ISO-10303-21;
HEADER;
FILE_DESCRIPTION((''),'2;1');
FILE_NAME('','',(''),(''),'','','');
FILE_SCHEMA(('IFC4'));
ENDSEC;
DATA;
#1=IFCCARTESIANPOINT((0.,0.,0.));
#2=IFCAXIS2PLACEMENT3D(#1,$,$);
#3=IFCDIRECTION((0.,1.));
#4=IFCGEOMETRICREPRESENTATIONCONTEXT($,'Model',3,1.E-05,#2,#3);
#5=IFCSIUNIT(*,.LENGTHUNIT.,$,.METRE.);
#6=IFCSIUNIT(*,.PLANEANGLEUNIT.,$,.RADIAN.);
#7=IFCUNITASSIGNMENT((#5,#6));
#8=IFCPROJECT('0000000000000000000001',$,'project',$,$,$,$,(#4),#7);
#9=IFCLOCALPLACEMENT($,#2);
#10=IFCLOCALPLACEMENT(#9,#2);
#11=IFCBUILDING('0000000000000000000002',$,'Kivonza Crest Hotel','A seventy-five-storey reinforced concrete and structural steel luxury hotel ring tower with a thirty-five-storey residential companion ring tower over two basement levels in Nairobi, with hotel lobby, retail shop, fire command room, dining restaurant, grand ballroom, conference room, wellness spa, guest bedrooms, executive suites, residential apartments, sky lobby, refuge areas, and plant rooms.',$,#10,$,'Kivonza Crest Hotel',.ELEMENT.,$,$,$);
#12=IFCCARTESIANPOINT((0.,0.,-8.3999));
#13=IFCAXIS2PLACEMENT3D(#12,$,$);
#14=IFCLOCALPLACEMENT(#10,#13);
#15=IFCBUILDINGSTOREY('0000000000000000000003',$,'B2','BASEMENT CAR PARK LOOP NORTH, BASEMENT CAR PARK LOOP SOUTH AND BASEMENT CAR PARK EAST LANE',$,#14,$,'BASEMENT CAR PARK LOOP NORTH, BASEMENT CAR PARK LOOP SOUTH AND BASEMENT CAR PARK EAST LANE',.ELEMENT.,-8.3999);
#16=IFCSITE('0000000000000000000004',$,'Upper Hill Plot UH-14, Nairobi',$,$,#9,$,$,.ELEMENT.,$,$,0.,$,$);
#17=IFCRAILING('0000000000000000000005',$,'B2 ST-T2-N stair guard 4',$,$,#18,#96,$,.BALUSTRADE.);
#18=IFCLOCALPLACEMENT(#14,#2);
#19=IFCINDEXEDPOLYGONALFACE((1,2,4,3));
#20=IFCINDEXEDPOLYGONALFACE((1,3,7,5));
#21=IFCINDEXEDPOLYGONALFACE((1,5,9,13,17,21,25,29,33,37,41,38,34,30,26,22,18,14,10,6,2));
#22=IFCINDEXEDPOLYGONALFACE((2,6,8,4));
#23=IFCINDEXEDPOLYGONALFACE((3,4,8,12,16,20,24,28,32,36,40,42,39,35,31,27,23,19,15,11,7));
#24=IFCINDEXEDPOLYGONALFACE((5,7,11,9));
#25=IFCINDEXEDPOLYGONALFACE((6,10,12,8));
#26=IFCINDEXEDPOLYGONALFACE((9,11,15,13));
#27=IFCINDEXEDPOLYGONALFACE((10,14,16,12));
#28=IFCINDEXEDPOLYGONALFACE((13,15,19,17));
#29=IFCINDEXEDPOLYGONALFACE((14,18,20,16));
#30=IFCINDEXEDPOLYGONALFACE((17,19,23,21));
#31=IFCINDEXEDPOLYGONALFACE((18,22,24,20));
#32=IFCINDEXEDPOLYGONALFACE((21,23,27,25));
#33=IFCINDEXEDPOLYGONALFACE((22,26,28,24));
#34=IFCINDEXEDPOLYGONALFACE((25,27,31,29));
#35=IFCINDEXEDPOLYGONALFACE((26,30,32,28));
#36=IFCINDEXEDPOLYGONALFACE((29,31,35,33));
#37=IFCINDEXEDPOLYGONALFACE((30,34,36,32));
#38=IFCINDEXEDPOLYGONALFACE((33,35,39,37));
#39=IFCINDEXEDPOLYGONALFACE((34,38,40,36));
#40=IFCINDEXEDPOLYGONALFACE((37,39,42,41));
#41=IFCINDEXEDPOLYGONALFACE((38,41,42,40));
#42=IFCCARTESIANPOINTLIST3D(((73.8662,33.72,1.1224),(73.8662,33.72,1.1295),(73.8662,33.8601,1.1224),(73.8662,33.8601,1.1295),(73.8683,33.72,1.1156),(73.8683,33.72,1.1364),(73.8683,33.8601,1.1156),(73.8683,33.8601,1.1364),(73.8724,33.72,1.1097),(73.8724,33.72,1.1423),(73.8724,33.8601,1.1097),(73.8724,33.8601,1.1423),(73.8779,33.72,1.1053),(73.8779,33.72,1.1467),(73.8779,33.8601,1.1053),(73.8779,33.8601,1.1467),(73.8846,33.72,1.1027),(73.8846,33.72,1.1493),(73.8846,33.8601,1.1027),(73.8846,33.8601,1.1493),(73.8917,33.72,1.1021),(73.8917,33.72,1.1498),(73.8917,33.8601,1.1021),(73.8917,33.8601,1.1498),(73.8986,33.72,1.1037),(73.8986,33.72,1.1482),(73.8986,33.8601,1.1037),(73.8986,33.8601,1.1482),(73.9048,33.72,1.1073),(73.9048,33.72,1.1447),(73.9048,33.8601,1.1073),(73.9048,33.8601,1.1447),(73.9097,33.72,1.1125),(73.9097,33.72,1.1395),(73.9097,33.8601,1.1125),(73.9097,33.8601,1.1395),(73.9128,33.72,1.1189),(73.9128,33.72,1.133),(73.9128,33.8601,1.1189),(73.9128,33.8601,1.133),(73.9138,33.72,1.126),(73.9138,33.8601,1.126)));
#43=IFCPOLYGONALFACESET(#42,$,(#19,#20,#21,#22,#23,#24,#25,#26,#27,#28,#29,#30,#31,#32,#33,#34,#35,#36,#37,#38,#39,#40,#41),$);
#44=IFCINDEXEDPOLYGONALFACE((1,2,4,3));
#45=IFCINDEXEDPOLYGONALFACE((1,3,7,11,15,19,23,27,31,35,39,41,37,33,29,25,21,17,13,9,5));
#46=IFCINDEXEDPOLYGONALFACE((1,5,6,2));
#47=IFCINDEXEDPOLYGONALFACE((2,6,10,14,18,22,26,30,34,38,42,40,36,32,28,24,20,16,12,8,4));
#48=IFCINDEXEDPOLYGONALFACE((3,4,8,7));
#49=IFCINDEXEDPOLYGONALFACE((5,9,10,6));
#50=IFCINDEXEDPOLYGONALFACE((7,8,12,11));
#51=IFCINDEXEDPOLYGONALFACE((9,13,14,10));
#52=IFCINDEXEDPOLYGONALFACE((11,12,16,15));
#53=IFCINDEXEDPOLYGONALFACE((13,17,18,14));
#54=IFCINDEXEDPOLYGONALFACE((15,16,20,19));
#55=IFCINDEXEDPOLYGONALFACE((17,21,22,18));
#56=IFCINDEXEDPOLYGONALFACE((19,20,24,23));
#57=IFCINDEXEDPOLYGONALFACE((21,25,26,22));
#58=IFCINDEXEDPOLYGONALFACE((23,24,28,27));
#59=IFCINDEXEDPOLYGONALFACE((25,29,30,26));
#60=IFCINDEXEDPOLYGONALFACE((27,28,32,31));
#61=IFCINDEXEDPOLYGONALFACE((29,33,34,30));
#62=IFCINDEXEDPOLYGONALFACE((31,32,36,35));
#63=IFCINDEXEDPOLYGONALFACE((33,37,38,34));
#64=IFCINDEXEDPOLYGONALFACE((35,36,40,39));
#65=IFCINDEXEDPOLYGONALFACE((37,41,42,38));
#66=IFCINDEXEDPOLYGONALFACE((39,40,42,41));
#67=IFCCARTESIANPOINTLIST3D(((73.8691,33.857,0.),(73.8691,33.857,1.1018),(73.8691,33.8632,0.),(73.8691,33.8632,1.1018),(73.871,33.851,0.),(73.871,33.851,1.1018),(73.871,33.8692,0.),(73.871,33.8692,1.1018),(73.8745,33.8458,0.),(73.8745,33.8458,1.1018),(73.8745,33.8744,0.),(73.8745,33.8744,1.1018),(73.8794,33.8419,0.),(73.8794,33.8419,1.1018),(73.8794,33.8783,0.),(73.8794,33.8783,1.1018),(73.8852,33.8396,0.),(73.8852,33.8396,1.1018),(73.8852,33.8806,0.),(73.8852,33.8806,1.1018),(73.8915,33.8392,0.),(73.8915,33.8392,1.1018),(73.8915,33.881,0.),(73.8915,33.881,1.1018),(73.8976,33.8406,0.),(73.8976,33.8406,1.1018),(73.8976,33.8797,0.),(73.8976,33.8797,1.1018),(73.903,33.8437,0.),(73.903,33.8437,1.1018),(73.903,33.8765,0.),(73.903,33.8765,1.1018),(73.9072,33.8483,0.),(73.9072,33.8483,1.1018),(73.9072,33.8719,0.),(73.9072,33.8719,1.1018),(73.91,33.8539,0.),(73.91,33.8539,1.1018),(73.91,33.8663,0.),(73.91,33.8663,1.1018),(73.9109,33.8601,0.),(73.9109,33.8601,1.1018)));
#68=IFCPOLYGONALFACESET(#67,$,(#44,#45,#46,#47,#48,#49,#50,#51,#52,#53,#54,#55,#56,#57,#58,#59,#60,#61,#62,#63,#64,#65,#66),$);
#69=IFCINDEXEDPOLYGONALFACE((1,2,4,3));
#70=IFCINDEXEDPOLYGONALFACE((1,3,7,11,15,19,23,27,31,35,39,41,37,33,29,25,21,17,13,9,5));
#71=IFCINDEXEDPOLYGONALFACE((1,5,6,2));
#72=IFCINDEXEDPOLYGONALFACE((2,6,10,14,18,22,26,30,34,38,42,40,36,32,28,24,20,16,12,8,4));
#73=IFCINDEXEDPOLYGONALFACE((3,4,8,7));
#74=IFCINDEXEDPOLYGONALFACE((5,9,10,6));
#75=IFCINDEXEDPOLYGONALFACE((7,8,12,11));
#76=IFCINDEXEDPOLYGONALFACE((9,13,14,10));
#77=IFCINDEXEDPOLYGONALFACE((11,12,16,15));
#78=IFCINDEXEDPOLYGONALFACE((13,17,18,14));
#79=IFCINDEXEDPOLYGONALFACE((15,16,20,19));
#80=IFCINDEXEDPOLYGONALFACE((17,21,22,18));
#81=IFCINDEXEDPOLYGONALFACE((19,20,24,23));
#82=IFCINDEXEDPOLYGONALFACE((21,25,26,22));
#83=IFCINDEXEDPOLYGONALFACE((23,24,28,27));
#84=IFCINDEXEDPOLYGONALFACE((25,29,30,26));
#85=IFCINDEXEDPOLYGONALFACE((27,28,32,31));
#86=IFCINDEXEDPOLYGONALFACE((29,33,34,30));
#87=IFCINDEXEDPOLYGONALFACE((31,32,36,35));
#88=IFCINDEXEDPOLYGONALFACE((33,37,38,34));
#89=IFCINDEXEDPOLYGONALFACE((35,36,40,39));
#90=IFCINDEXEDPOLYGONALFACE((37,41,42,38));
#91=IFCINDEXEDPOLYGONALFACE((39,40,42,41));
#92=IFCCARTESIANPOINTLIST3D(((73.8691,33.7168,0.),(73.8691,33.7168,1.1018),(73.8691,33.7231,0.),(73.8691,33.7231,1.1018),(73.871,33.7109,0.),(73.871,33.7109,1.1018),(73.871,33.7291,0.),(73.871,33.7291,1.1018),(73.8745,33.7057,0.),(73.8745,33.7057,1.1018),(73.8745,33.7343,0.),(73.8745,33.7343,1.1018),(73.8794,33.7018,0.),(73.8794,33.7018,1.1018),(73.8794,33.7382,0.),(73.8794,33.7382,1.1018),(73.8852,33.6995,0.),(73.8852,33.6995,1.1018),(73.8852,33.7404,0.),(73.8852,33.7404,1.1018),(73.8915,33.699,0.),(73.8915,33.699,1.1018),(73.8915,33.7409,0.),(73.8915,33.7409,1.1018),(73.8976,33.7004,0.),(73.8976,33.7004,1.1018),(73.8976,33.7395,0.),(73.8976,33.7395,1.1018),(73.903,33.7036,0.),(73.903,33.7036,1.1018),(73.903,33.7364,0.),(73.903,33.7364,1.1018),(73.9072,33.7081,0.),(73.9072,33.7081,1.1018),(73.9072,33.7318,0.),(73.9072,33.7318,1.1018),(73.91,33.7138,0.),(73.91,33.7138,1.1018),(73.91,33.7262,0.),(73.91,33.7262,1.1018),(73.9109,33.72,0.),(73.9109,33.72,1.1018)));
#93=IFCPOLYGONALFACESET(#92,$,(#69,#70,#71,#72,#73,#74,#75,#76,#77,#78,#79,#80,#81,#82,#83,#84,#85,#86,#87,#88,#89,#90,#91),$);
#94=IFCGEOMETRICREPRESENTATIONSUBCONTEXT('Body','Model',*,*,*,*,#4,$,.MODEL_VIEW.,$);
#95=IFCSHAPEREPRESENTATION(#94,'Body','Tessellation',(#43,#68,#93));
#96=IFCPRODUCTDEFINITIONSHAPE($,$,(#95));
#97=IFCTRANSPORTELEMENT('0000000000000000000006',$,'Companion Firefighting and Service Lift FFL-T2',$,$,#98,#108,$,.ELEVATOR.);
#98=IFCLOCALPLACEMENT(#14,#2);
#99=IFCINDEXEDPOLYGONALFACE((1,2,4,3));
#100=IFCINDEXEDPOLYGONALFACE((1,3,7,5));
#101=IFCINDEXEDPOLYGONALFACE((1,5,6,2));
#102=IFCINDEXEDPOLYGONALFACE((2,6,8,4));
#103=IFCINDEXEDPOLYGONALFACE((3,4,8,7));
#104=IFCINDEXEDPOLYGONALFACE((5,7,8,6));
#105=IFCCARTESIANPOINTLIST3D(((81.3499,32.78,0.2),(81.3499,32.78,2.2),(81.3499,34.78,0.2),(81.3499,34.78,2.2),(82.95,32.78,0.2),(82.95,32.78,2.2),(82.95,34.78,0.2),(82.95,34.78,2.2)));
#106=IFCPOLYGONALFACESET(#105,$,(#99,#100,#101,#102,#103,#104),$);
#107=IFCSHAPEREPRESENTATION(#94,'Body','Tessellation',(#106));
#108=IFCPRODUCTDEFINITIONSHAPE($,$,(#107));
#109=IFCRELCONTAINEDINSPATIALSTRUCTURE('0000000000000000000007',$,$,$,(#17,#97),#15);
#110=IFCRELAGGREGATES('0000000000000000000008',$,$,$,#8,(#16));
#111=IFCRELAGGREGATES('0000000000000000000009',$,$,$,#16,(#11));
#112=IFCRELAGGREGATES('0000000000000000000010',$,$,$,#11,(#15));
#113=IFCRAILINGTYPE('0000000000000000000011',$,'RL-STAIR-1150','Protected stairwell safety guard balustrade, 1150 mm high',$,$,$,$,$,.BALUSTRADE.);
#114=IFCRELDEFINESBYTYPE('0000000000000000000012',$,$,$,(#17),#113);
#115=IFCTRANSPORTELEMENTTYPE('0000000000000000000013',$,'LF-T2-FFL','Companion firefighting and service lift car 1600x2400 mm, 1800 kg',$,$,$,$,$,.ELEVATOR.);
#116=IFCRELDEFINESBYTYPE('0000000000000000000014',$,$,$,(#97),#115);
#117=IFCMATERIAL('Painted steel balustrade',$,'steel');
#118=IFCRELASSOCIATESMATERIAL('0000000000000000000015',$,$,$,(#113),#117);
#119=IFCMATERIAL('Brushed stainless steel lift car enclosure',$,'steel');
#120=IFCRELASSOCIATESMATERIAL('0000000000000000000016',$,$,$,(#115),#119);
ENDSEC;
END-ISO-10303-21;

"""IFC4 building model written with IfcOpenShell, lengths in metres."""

from ifc_helpers import new_model, si_unit, direction, frame, origin, origin_2d, place, context, subcontext, project, spatial, rectangle, circle, extrude, material, type_object, element, save


model = new_model("IFC4")

# Units and contexts
model_context = context("Model", 3, precision=1e-05, world=origin(), true_north=direction((0.0, 1.0)))
body_context = subcontext(model_context, "Body", "Model", "MODEL_VIEW")
ifc_project = project(units=[si_unit("LENGTHUNIT", "METRE"), si_unit("PLANEANGLEUNIT", "RADIAN")], contexts=[model_context])

# Site, building, storey
site_placement = place(None, origin())
site = spatial("IfcSite", under=ifc_project, at=site_placement, Name="Upper Hill Plot UH-14, Nairobi", CompositionType="ELEMENT", RefElevation=0.0)
building_placement = place(site_placement, origin())
building = spatial("IfcBuilding", under=site, at=building_placement, Name="Kivonza Crest Hotel", Description="A seventy-five-storey reinforced concrete and structural steel luxury hotel ring tower with a thirty-five-storey residential companion ring tower over two basement levels in Nairobi, with hotel lobby, retail shop, fire command room, dining restaurant, grand ballroom, conference room, wellness spa, guest bedrooms, executive suites, residential apartments, sky lobby, refuge areas, and plant rooms.", LongName="Kivonza Crest Hotel", CompositionType="ELEMENT")
storey_placement = place(building_placement, frame((0.0, 0.0, -8.3999)))
storey = spatial("IfcBuildingStorey", under=building, at=storey_placement, Name="B2", Description="BASEMENT CAR PARK LOOP NORTH, BASEMENT CAR PARK LOOP SOUTH AND BASEMENT CAR PARK EAST LANE", LongName="BASEMENT CAR PARK LOOP NORTH, BASEMENT CAR PARK LOOP SOUTH AND BASEMENT CAR PARK EAST LANE", CompositionType="ELEMENT", Elevation=-8.3999)

# Railing
ifc_material_1 = material(Name="Painted steel balustrade", Category="steel")
railing_type_1 = type_object("IfcRailingType", Name="RL-STAIR-1150", Description="Protected stairwell safety guard balustrade, 1150 mm high", PredefinedType="BALUSTRADE", material=ifc_material_1)
railing_1_placement = place(storey_placement, frame((73.8899, 33.8601, 0.0)))
element("IfcRailing", 1, at=railing_1_placement, inside=storey, type_object=railing_type_1, Name="B2 ST-T2-N stair guard 4", PredefinedType="BALUSTRADE", context=body_context, shape_type="SweptSolid", body=[
    extrude(circle(Radius=0.0239, at=origin_2d()), frame((0.0, 0.0, 1.126), z_axis=(0.0, -1.0, 0.0), x_axis=(1.0, 0.0, 0.0)), (0.0, 0.0, 1.0), 0.1401),
    extrude(circle(Radius=0.021, at=origin_2d()), origin(), (0.0, 0.0, 1.0), 1.1018),
    extrude(circle(Radius=0.021, at=origin_2d()), frame((0.0, -0.1401, 0.0)), (0.0, 0.0, 1.0), 1.1018),
])

# Transport element
ifc_material_2 = material(Name="Brushed stainless steel lift car enclosure", Category="steel")
transport_element_type = type_object("IfcTransportElementType", Name="LF-T2-FFL", Description="Companion firefighting and service lift car 1600x2400 mm, 1800 kg", PredefinedType="ELEVATOR", material=ifc_material_2)
transport_element_placement = place(storey_placement, frame((82.1499, 33.78, 0.2), z_axis=(0.0, 0.0, 1.0), x_axis=(1.0, 0.0, 0.0)))
element("IfcTransportElement", 2, at=transport_element_placement, inside=storey, type_object=transport_element_type, Name="Companion Firefighting and Service Lift FFL-T2", PredefinedType="ELEVATOR", context=body_context, shape_type="SweptSolid", body=[
    extrude(rectangle(XDim=1.6001, YDim=2.0, at=origin_2d()), origin(), (0.0, 0.0, 1.0), 2.0),
])

save(model, "model.ifc")
